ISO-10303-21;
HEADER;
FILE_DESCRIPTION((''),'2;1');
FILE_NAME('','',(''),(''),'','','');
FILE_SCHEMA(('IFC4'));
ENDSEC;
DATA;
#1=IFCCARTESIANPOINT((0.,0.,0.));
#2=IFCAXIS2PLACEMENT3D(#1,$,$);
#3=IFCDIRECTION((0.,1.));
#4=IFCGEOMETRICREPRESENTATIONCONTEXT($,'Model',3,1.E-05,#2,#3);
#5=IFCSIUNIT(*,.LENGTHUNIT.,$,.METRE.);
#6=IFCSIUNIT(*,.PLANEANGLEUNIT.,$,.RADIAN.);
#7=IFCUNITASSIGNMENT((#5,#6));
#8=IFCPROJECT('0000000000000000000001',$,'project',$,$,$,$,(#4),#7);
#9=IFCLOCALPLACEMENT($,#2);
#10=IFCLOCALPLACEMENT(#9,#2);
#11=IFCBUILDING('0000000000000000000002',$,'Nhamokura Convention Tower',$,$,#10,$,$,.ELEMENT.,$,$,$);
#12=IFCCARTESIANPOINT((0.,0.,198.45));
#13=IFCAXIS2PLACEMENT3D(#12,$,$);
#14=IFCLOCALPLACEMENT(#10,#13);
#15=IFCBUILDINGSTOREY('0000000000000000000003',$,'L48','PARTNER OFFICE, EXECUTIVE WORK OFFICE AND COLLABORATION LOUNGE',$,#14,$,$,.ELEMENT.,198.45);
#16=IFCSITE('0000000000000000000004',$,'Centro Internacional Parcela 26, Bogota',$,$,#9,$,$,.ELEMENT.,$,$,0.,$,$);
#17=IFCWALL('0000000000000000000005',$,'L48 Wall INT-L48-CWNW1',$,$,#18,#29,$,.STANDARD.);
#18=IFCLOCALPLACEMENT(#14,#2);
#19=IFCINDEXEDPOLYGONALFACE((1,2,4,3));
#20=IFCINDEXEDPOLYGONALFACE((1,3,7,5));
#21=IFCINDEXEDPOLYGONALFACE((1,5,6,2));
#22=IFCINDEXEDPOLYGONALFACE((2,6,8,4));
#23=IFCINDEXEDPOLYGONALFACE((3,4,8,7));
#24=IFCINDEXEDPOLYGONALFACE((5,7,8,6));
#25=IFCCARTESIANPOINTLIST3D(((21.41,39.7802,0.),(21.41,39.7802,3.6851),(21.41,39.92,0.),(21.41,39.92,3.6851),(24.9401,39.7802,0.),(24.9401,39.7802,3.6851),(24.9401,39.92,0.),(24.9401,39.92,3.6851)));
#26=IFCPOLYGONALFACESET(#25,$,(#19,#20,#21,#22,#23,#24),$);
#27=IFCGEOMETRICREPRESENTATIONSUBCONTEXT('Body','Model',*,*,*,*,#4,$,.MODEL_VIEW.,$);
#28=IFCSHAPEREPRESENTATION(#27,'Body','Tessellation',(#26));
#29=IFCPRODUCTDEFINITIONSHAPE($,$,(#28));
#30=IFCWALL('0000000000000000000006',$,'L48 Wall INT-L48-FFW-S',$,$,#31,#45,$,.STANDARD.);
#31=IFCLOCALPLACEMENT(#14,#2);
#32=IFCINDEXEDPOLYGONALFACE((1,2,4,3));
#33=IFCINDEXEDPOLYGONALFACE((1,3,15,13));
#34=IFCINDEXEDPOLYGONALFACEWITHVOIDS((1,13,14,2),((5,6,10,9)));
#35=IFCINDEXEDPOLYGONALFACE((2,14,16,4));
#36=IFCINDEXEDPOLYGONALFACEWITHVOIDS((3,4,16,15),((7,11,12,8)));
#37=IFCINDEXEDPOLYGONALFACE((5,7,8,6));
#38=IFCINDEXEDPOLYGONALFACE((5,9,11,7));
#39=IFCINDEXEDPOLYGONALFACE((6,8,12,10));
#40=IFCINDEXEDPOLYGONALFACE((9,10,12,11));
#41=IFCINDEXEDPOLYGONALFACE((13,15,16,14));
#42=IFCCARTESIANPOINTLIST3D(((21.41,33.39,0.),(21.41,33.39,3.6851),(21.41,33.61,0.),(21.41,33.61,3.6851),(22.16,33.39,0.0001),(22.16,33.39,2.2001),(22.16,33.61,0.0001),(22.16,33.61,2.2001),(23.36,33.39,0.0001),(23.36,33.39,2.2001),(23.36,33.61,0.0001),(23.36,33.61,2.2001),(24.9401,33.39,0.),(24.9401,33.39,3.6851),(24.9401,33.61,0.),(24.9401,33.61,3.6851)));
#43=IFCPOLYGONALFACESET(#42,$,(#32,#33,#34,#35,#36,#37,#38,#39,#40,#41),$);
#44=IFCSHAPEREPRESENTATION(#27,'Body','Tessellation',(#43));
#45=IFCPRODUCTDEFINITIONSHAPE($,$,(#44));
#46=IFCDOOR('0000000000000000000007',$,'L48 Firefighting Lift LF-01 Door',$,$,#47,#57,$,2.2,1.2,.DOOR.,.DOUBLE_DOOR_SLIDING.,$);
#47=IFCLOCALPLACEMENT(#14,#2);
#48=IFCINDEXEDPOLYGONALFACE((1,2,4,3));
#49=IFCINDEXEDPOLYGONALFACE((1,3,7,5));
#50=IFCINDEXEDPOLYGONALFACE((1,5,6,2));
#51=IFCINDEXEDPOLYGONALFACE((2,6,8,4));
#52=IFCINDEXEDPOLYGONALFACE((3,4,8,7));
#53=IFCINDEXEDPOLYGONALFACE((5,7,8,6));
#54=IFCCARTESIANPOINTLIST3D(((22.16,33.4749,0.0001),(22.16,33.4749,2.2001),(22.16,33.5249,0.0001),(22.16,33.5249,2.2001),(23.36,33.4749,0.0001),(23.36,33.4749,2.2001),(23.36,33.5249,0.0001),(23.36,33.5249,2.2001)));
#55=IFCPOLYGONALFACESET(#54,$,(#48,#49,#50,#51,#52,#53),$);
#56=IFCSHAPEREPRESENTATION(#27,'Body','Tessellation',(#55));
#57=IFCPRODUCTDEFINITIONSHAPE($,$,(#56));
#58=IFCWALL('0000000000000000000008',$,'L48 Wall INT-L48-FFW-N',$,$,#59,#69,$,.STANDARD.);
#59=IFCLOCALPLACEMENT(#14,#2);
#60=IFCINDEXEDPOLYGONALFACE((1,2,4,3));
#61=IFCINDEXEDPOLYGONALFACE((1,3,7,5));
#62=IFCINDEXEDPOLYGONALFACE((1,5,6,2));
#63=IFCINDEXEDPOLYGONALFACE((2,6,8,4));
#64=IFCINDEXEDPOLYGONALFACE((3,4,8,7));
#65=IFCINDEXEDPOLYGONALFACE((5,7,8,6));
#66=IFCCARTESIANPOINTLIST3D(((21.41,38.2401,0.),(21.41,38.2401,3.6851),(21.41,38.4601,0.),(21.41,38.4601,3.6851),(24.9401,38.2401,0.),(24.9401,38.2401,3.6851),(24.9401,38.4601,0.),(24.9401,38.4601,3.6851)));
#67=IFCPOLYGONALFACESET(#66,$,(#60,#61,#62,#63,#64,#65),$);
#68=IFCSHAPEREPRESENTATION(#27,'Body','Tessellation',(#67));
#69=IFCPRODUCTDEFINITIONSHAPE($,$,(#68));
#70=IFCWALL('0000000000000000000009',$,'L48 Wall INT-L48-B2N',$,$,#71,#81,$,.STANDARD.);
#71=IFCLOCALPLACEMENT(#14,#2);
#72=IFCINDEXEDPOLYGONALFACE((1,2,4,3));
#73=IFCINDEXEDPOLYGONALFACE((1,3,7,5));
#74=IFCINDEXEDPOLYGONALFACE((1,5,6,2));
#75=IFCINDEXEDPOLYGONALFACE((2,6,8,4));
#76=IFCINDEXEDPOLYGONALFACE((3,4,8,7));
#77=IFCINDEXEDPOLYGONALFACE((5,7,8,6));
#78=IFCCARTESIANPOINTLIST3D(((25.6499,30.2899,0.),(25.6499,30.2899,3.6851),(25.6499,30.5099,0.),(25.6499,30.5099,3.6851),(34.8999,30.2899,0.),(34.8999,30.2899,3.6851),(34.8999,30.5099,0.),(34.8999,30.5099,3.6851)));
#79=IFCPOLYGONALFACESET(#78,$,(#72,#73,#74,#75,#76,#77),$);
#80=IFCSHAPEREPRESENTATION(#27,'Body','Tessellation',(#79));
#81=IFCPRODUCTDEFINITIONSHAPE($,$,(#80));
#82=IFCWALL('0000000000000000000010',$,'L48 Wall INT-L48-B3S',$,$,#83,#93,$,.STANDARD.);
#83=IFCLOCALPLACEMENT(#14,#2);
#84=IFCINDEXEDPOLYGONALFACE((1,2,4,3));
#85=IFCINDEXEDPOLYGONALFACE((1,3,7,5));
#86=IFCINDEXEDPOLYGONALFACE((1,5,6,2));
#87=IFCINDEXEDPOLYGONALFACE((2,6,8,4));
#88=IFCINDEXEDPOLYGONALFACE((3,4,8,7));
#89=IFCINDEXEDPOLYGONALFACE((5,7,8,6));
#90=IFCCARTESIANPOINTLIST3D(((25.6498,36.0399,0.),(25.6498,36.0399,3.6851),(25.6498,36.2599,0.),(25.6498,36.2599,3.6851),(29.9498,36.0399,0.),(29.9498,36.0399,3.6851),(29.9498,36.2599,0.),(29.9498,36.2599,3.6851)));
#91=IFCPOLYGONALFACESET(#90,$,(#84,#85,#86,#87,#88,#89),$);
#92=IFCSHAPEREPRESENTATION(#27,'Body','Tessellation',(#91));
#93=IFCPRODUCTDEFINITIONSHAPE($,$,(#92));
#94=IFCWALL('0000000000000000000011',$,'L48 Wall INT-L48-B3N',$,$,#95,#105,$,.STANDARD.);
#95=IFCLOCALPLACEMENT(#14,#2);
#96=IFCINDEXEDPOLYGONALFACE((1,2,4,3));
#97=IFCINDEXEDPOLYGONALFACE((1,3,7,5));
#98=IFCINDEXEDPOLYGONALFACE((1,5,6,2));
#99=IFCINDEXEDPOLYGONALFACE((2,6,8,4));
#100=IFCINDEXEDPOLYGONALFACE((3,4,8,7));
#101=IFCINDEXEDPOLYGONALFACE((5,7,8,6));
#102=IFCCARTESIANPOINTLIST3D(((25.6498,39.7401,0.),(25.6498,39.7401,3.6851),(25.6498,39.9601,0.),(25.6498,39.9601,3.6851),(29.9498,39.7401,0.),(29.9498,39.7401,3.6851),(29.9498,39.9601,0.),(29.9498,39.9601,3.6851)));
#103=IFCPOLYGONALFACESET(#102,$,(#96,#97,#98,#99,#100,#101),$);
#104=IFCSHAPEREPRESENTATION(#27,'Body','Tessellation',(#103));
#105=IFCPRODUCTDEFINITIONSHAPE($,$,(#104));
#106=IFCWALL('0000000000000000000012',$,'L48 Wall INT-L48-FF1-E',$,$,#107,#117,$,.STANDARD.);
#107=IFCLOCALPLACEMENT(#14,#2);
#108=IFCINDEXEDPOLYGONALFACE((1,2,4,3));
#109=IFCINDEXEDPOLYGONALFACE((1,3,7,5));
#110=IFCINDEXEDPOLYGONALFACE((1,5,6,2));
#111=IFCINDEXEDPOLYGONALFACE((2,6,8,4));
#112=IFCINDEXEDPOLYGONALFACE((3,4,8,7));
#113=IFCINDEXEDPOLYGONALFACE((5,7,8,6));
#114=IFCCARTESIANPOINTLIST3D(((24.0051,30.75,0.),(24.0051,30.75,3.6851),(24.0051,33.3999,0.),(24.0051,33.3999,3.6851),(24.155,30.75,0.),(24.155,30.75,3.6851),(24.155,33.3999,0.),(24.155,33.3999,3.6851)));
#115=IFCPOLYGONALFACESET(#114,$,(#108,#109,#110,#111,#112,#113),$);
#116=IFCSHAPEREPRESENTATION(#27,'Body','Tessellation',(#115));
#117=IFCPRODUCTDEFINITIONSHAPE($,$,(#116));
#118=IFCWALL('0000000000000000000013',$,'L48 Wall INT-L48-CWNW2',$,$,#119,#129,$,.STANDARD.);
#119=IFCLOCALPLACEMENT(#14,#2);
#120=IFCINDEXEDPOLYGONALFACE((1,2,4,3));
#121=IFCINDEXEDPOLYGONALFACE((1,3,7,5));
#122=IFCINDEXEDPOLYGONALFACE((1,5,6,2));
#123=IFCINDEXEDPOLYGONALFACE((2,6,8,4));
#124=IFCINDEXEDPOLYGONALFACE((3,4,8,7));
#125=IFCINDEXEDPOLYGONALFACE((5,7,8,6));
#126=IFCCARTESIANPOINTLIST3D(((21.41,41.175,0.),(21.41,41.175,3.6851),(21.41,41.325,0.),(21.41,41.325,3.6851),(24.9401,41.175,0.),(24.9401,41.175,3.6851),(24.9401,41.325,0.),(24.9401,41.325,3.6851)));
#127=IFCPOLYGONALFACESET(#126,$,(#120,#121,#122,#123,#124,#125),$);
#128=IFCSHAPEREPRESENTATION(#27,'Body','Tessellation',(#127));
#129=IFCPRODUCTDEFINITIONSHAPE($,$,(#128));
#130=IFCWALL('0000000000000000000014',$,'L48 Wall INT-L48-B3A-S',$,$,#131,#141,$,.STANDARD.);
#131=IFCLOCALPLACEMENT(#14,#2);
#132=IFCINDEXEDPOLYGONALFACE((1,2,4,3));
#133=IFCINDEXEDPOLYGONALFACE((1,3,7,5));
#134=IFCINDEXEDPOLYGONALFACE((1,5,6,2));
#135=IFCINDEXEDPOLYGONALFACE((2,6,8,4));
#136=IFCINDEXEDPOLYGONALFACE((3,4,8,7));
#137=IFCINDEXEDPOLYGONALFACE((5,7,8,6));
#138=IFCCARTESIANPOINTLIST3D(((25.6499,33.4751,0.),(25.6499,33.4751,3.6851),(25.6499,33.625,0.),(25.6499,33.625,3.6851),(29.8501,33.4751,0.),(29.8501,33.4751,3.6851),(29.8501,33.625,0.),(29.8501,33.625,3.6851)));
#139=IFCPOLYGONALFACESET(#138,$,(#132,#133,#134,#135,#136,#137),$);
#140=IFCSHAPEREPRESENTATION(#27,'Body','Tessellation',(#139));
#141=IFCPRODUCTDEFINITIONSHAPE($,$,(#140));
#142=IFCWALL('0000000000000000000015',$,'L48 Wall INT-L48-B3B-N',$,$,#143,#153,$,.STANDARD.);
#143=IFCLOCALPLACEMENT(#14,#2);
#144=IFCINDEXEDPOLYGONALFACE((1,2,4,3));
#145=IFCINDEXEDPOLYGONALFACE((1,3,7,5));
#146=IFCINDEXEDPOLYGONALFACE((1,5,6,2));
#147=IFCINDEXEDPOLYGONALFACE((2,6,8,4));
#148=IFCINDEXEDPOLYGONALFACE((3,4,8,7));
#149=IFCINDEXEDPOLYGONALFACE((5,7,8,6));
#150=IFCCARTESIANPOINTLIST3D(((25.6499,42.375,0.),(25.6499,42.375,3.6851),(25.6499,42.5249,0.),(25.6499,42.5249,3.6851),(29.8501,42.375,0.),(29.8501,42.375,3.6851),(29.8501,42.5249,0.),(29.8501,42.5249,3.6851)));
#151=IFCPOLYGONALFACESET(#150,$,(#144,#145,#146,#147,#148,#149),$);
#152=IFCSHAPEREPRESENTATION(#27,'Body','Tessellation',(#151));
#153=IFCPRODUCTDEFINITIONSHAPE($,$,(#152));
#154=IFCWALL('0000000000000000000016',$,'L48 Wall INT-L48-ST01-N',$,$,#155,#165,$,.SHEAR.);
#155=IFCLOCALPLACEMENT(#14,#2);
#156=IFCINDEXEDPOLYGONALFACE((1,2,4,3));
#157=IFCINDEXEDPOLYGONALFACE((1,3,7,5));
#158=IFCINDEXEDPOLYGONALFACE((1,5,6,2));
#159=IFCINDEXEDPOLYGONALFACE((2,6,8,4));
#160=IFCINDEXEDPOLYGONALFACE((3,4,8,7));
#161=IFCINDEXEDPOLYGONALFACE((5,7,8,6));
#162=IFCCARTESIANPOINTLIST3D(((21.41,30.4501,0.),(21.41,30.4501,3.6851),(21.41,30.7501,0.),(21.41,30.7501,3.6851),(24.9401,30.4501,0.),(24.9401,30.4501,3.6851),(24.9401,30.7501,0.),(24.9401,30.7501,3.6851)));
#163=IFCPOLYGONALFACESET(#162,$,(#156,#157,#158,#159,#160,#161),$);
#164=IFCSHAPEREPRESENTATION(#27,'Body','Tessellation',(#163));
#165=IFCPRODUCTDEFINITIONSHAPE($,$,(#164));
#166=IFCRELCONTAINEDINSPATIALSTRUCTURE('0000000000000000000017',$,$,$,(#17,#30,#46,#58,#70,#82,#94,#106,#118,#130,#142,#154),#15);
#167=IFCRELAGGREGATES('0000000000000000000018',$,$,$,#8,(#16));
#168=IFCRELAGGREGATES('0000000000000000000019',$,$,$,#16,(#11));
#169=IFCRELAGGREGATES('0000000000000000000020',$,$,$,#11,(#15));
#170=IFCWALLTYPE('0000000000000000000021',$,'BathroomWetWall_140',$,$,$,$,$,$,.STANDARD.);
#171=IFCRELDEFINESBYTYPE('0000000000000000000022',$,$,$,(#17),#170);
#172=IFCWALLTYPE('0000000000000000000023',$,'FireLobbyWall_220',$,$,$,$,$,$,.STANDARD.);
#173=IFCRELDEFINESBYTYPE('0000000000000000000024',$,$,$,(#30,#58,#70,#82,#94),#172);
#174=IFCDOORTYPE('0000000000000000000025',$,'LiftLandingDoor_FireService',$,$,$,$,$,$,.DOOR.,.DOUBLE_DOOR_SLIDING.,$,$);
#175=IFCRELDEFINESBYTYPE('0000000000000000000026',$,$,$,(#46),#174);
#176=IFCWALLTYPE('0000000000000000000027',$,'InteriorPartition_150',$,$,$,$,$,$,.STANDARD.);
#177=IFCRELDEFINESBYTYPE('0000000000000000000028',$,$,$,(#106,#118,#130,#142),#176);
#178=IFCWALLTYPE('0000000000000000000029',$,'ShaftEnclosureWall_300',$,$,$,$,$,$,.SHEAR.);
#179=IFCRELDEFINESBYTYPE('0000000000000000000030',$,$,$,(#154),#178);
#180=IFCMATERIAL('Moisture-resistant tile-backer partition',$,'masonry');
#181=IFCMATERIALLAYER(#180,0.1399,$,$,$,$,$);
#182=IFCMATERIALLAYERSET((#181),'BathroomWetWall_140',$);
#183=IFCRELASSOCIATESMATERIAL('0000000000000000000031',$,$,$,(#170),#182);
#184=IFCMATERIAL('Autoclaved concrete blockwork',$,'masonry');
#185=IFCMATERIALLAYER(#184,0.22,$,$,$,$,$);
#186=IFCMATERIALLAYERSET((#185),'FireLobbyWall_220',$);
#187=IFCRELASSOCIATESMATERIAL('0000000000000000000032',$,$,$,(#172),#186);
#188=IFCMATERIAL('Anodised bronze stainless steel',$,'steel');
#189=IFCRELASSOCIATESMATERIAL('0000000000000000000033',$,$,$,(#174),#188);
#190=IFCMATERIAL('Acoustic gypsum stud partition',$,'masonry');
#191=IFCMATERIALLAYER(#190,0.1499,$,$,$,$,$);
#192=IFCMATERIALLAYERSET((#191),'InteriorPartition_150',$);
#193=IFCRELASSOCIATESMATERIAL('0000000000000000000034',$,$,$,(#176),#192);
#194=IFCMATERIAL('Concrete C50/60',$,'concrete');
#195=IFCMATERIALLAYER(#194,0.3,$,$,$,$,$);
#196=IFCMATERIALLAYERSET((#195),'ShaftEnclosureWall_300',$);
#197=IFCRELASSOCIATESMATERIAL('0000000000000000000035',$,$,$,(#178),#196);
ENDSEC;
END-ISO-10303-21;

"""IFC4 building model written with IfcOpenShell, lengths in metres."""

from ifc_helpers import new_model, si_unit, direction, frame, frame_2d, origin, place, context, subcontext, project, spatial, rectangle, extrude, material, layer, layer_set, type_object, element, fill, save


model = new_model("IFC4")

# Units and contexts
model_context = context("Model", 3, precision=1e-05, world=origin(), true_north=direction((0.0, 1.0)))
body_context = subcontext(model_context, "Body", "Model", "MODEL_VIEW")
ifc_project = project(units=[si_unit("LENGTHUNIT", "METRE"), si_unit("PLANEANGLEUNIT", "RADIAN")], contexts=[model_context])

# Site, building, storey
site_placement = place(None, origin())
site = spatial("IfcSite", under=ifc_project, at=site_placement, Name="Centro Internacional Parcela 26, Bogota", CompositionType="ELEMENT", RefElevation=0.0)
building_placement = place(site_placement, origin())
building = spatial("IfcBuilding", under=site, at=building_placement, Name="Nhamokura Convention Tower", CompositionType="ELEMENT")
storey_placement = place(building_placement, frame((0.0, 0.0, 198.45)))
storey = spatial("IfcBuildingStorey", under=building, at=storey_placement, Name="L48", Description="PARTNER OFFICE, EXECUTIVE WORK OFFICE AND COLLABORATION LOUNGE", CompositionType="ELEMENT", Elevation=198.45)

# Wall
ifc_material_1 = material(Name="Moisture-resistant tile-backer partition", Category="masonry")
ifc_layer_1 = layer(ifc_material_1, 0.1399)
ifc_layer_set_1 = layer_set([ifc_layer_1], Name="BathroomWetWall_140")
wall_type_1 = type_object("IfcWallType", Name="BathroomWetWall_140", PredefinedType="STANDARD", material=ifc_layer_set_1)
wall_1_placement = place(storey_placement, frame((21.4099, 39.8501, 0.0), z_axis=(0.0, 0.0, 1.0), x_axis=(1.0, 0.0, 0.0)))
element("IfcWall", 1, at=wall_1_placement, inside=storey, type_object=wall_type_1, Name="L48 Wall INT-L48-CWNW1", PredefinedType="STANDARD", context=body_context, shape_type="SweptSolid", body=[
    extrude(rectangle(XDim=3.53, YDim=0.1399, at=frame_2d((1.7651, 0.0))), origin(), (0.0, 0.0, 1.0), 3.6851),
])

# Wall, opening, door
ifc_material_2 = material(Name="Autoclaved concrete blockwork", Category="masonry")
ifc_layer_2 = layer(ifc_material_2, 0.22)
ifc_layer_set_2 = layer_set([ifc_layer_2], Name="FireLobbyWall_220")
wall_type_2 = type_object("IfcWallType", Name="FireLobbyWall_220", PredefinedType="STANDARD", material=ifc_layer_set_2)
wall_2_placement = place(storey_placement, frame((21.4099, 33.5, 0.0), z_axis=(0.0, 0.0, 1.0), x_axis=(1.0, 0.0, 0.0)))
wall_2 = element("IfcWall", 2, at=wall_2_placement, inside=storey, type_object=wall_type_2, Name="L48 Wall INT-L48-FFW-S", PredefinedType="STANDARD", context=body_context, shape_type="SweptSolid", body=[
    extrude(rectangle(XDim=3.53, YDim=0.22, at=frame_2d((1.7651, 0.0))), origin(), (0.0, 0.0, 1.0), 3.6851),
])
opening_1_placement = place(wall_2_placement, frame((0.75, 0.0, 0.0)))
opening_1 = element("IfcOpeningElement", 3, at=opening_1_placement, cuts=wall_2, PredefinedType="OPENING", context=body_context, shape_type="SweptSolid", body=[
    extrude(rectangle(XDim=1.2, YDim=2.2, at=frame_2d((0.6001, 1.1001))), frame((0.0, 0.1199, 0.0), z_axis=(0.0, -1.0, 0.0), x_axis=(1.0, 0.0, 0.0)), (0.0, 0.0, 1.0), 0.24),
])
ifc_material_3 = material(Name="Anodised bronze stainless steel", Category="steel")
door_type_1 = type_object("IfcDoorType", Name="LiftLandingDoor_FireService", OperationType="DOUBLE_DOOR_SLIDING", PredefinedType="DOOR", material=ifc_material_3)
door_1_placement = place(opening_1_placement, origin())
door_1 = element("IfcDoor", 4, at=door_1_placement, inside=storey, type_object=door_type_1, Name="L48 Firefighting Lift LF-01 Door", OperationType="DOUBLE_DOOR_SLIDING", OverallHeight=2.2, OverallWidth=1.2, PredefinedType="DOOR", context=body_context, shape_type="SweptSolid", body=[
    extrude(rectangle(XDim=1.2, YDim=2.2, at=frame_2d((0.6001, 1.1001))), frame((0.0, 0.0249, 0.0), z_axis=(0.0, -1.0, 0.0), x_axis=(1.0, 0.0, 0.0)), (0.0, 0.0, 1.0), 0.05),
])
fill(opening_1, door_1)

# Wall
wall_3_placement = place(storey_placement, frame((21.4099, 38.3501, 0.0), z_axis=(0.0, 0.0, 1.0), x_axis=(1.0, 0.0, 0.0)))
element("IfcWall", 5, at=wall_3_placement, inside=storey, type_object=wall_type_2, Name="L48 Wall INT-L48-FFW-N", PredefinedType="STANDARD", context=body_context, shape_type="SweptSolid", body=[
    extrude(rectangle(XDim=3.53, YDim=0.22, at=frame_2d((1.7651, 0.0))), origin(), (0.0, 0.0, 1.0), 3.6851),
])

# Walls
wall_4_placement = place(storey_placement, frame((25.6499, 30.3999, 0.0), z_axis=(0.0, 0.0, 1.0), x_axis=(1.0, 0.0, 0.0)))
element("IfcWall", 6, at=wall_4_placement, inside=storey, type_object=wall_type_2, Name="L48 Wall INT-L48-B2N", PredefinedType="STANDARD", context=body_context, shape_type="SweptSolid", body=[
    extrude(rectangle(XDim=9.25, YDim=0.22, at=frame_2d((4.625, 0.0))), origin(), (0.0, 0.0, 1.0), 3.6851),
])
for number, where, z_axis, x_axis, name in (
    (7, (25.6499, 36.1499, 0.0), (0.0, 0.0, 1.0), (1.0, 0.0, 0.0), "L48 Wall INT-L48-B3S"),
    (8, (25.6499, 39.8501, 0.0), (0.0, 0.0, 1.0), (1.0, 0.0, 0.0), "L48 Wall INT-L48-B3N"),
):
    element("IfcWall", number, at=place(storey_placement, frame(where, z_axis=z_axis, x_axis=x_axis)), inside=storey, type_object=wall_type_2, Name=name, PredefinedType="STANDARD", context=body_context, shape_type="SweptSolid", body=[
        extrude(rectangle(XDim=4.3, YDim=0.22, at=frame_2d((2.1499, 0.0))), origin(), (0.0, 0.0, 1.0), 3.6851),
    ])
ifc_material_4 = material(Name="Acoustic gypsum stud partition", Category="masonry")
ifc_layer_3 = layer(ifc_material_4, 0.1499)
ifc_layer_set_3 = layer_set([ifc_layer_3], Name="InteriorPartition_150")
wall_type_3 = type_object("IfcWallType", Name="InteriorPartition_150", PredefinedType="STANDARD", material=ifc_layer_set_3)
wall_5_placement = place(storey_placement, frame((24.0801, 30.75, 0.0), z_axis=(0.0, 0.0, 1.0), x_axis=(0.0, 1.0, 0.0)))
element("IfcWall", 9, at=wall_5_placement, inside=storey, type_object=wall_type_3, Name="L48 Wall INT-L48-FF1-E", PredefinedType="STANDARD", context=body_context, shape_type="SweptSolid", body=[
    extrude(rectangle(XDim=2.6499, YDim=0.1499, at=frame_2d((1.325, 0.0))), origin(), (0.0, 0.0, 1.0), 3.6851),
])
wall_6_placement = place(storey_placement, frame((21.4099, 41.25, 0.0), z_axis=(0.0, 0.0, 1.0), x_axis=(1.0, 0.0, 0.0)))
element("IfcWall", 10, at=wall_6_placement, inside=storey, type_object=wall_type_3, Name="L48 Wall INT-L48-CWNW2", PredefinedType="STANDARD", context=body_context, shape_type="SweptSolid", body=[
    extrude(rectangle(XDim=3.53, YDim=0.1499, at=frame_2d((1.7651, 0.0))), origin(), (0.0, 0.0, 1.0), 3.6851),
])
for number, where, z_axis, x_axis, name in (
    (11, (25.6499, 33.55, 0.0), (0.0, 0.0, 1.0), (1.0, 0.0, 0.0), "L48 Wall INT-L48-B3A-S"),
    (12, (25.6499, 42.45, 0.0), (0.0, 0.0, 1.0), (1.0, 0.0, 0.0), "L48 Wall INT-L48-B3B-N"),
):
    element("IfcWall", number, at=place(storey_placement, frame(where, z_axis=z_axis, x_axis=x_axis)), inside=storey, type_object=wall_type_3, Name=name, PredefinedType="STANDARD", context=body_context, shape_type="SweptSolid", body=[
        extrude(rectangle(XDim=4.2002, YDim=0.1499, at=frame_2d((2.1001, 0.0))), origin(), (0.0, 0.0, 1.0), 3.6851),
    ])
ifc_material_5 = material(Name="Concrete C50/60", Category="concrete")
ifc_layer_4 = layer(ifc_material_5, 0.3)
ifc_layer_set_4 = layer_set([ifc_layer_4], Name="ShaftEnclosureWall_300")
wall_type_4 = type_object("IfcWallType", Name="ShaftEnclosureWall_300", PredefinedType="SHEAR", material=ifc_layer_set_4)
wall_7_placement = place(storey_placement, frame((21.4099, 30.6001, 0.0), z_axis=(0.0, 0.0, 1.0), x_axis=(1.0, 0.0, 0.0)))
element("IfcWall", 13, at=wall_7_placement, inside=storey, type_object=wall_type_4, Name="L48 Wall INT-L48-ST01-N", PredefinedType="SHEAR", context=body_context, shape_type="SweptSolid", body=[
    extrude(rectangle(XDim=3.53, YDim=0.3, at=frame_2d((1.7651, 0.0))), origin(), (0.0, 0.0, 1.0), 3.6851),
])

save(model, "model.ifc")
